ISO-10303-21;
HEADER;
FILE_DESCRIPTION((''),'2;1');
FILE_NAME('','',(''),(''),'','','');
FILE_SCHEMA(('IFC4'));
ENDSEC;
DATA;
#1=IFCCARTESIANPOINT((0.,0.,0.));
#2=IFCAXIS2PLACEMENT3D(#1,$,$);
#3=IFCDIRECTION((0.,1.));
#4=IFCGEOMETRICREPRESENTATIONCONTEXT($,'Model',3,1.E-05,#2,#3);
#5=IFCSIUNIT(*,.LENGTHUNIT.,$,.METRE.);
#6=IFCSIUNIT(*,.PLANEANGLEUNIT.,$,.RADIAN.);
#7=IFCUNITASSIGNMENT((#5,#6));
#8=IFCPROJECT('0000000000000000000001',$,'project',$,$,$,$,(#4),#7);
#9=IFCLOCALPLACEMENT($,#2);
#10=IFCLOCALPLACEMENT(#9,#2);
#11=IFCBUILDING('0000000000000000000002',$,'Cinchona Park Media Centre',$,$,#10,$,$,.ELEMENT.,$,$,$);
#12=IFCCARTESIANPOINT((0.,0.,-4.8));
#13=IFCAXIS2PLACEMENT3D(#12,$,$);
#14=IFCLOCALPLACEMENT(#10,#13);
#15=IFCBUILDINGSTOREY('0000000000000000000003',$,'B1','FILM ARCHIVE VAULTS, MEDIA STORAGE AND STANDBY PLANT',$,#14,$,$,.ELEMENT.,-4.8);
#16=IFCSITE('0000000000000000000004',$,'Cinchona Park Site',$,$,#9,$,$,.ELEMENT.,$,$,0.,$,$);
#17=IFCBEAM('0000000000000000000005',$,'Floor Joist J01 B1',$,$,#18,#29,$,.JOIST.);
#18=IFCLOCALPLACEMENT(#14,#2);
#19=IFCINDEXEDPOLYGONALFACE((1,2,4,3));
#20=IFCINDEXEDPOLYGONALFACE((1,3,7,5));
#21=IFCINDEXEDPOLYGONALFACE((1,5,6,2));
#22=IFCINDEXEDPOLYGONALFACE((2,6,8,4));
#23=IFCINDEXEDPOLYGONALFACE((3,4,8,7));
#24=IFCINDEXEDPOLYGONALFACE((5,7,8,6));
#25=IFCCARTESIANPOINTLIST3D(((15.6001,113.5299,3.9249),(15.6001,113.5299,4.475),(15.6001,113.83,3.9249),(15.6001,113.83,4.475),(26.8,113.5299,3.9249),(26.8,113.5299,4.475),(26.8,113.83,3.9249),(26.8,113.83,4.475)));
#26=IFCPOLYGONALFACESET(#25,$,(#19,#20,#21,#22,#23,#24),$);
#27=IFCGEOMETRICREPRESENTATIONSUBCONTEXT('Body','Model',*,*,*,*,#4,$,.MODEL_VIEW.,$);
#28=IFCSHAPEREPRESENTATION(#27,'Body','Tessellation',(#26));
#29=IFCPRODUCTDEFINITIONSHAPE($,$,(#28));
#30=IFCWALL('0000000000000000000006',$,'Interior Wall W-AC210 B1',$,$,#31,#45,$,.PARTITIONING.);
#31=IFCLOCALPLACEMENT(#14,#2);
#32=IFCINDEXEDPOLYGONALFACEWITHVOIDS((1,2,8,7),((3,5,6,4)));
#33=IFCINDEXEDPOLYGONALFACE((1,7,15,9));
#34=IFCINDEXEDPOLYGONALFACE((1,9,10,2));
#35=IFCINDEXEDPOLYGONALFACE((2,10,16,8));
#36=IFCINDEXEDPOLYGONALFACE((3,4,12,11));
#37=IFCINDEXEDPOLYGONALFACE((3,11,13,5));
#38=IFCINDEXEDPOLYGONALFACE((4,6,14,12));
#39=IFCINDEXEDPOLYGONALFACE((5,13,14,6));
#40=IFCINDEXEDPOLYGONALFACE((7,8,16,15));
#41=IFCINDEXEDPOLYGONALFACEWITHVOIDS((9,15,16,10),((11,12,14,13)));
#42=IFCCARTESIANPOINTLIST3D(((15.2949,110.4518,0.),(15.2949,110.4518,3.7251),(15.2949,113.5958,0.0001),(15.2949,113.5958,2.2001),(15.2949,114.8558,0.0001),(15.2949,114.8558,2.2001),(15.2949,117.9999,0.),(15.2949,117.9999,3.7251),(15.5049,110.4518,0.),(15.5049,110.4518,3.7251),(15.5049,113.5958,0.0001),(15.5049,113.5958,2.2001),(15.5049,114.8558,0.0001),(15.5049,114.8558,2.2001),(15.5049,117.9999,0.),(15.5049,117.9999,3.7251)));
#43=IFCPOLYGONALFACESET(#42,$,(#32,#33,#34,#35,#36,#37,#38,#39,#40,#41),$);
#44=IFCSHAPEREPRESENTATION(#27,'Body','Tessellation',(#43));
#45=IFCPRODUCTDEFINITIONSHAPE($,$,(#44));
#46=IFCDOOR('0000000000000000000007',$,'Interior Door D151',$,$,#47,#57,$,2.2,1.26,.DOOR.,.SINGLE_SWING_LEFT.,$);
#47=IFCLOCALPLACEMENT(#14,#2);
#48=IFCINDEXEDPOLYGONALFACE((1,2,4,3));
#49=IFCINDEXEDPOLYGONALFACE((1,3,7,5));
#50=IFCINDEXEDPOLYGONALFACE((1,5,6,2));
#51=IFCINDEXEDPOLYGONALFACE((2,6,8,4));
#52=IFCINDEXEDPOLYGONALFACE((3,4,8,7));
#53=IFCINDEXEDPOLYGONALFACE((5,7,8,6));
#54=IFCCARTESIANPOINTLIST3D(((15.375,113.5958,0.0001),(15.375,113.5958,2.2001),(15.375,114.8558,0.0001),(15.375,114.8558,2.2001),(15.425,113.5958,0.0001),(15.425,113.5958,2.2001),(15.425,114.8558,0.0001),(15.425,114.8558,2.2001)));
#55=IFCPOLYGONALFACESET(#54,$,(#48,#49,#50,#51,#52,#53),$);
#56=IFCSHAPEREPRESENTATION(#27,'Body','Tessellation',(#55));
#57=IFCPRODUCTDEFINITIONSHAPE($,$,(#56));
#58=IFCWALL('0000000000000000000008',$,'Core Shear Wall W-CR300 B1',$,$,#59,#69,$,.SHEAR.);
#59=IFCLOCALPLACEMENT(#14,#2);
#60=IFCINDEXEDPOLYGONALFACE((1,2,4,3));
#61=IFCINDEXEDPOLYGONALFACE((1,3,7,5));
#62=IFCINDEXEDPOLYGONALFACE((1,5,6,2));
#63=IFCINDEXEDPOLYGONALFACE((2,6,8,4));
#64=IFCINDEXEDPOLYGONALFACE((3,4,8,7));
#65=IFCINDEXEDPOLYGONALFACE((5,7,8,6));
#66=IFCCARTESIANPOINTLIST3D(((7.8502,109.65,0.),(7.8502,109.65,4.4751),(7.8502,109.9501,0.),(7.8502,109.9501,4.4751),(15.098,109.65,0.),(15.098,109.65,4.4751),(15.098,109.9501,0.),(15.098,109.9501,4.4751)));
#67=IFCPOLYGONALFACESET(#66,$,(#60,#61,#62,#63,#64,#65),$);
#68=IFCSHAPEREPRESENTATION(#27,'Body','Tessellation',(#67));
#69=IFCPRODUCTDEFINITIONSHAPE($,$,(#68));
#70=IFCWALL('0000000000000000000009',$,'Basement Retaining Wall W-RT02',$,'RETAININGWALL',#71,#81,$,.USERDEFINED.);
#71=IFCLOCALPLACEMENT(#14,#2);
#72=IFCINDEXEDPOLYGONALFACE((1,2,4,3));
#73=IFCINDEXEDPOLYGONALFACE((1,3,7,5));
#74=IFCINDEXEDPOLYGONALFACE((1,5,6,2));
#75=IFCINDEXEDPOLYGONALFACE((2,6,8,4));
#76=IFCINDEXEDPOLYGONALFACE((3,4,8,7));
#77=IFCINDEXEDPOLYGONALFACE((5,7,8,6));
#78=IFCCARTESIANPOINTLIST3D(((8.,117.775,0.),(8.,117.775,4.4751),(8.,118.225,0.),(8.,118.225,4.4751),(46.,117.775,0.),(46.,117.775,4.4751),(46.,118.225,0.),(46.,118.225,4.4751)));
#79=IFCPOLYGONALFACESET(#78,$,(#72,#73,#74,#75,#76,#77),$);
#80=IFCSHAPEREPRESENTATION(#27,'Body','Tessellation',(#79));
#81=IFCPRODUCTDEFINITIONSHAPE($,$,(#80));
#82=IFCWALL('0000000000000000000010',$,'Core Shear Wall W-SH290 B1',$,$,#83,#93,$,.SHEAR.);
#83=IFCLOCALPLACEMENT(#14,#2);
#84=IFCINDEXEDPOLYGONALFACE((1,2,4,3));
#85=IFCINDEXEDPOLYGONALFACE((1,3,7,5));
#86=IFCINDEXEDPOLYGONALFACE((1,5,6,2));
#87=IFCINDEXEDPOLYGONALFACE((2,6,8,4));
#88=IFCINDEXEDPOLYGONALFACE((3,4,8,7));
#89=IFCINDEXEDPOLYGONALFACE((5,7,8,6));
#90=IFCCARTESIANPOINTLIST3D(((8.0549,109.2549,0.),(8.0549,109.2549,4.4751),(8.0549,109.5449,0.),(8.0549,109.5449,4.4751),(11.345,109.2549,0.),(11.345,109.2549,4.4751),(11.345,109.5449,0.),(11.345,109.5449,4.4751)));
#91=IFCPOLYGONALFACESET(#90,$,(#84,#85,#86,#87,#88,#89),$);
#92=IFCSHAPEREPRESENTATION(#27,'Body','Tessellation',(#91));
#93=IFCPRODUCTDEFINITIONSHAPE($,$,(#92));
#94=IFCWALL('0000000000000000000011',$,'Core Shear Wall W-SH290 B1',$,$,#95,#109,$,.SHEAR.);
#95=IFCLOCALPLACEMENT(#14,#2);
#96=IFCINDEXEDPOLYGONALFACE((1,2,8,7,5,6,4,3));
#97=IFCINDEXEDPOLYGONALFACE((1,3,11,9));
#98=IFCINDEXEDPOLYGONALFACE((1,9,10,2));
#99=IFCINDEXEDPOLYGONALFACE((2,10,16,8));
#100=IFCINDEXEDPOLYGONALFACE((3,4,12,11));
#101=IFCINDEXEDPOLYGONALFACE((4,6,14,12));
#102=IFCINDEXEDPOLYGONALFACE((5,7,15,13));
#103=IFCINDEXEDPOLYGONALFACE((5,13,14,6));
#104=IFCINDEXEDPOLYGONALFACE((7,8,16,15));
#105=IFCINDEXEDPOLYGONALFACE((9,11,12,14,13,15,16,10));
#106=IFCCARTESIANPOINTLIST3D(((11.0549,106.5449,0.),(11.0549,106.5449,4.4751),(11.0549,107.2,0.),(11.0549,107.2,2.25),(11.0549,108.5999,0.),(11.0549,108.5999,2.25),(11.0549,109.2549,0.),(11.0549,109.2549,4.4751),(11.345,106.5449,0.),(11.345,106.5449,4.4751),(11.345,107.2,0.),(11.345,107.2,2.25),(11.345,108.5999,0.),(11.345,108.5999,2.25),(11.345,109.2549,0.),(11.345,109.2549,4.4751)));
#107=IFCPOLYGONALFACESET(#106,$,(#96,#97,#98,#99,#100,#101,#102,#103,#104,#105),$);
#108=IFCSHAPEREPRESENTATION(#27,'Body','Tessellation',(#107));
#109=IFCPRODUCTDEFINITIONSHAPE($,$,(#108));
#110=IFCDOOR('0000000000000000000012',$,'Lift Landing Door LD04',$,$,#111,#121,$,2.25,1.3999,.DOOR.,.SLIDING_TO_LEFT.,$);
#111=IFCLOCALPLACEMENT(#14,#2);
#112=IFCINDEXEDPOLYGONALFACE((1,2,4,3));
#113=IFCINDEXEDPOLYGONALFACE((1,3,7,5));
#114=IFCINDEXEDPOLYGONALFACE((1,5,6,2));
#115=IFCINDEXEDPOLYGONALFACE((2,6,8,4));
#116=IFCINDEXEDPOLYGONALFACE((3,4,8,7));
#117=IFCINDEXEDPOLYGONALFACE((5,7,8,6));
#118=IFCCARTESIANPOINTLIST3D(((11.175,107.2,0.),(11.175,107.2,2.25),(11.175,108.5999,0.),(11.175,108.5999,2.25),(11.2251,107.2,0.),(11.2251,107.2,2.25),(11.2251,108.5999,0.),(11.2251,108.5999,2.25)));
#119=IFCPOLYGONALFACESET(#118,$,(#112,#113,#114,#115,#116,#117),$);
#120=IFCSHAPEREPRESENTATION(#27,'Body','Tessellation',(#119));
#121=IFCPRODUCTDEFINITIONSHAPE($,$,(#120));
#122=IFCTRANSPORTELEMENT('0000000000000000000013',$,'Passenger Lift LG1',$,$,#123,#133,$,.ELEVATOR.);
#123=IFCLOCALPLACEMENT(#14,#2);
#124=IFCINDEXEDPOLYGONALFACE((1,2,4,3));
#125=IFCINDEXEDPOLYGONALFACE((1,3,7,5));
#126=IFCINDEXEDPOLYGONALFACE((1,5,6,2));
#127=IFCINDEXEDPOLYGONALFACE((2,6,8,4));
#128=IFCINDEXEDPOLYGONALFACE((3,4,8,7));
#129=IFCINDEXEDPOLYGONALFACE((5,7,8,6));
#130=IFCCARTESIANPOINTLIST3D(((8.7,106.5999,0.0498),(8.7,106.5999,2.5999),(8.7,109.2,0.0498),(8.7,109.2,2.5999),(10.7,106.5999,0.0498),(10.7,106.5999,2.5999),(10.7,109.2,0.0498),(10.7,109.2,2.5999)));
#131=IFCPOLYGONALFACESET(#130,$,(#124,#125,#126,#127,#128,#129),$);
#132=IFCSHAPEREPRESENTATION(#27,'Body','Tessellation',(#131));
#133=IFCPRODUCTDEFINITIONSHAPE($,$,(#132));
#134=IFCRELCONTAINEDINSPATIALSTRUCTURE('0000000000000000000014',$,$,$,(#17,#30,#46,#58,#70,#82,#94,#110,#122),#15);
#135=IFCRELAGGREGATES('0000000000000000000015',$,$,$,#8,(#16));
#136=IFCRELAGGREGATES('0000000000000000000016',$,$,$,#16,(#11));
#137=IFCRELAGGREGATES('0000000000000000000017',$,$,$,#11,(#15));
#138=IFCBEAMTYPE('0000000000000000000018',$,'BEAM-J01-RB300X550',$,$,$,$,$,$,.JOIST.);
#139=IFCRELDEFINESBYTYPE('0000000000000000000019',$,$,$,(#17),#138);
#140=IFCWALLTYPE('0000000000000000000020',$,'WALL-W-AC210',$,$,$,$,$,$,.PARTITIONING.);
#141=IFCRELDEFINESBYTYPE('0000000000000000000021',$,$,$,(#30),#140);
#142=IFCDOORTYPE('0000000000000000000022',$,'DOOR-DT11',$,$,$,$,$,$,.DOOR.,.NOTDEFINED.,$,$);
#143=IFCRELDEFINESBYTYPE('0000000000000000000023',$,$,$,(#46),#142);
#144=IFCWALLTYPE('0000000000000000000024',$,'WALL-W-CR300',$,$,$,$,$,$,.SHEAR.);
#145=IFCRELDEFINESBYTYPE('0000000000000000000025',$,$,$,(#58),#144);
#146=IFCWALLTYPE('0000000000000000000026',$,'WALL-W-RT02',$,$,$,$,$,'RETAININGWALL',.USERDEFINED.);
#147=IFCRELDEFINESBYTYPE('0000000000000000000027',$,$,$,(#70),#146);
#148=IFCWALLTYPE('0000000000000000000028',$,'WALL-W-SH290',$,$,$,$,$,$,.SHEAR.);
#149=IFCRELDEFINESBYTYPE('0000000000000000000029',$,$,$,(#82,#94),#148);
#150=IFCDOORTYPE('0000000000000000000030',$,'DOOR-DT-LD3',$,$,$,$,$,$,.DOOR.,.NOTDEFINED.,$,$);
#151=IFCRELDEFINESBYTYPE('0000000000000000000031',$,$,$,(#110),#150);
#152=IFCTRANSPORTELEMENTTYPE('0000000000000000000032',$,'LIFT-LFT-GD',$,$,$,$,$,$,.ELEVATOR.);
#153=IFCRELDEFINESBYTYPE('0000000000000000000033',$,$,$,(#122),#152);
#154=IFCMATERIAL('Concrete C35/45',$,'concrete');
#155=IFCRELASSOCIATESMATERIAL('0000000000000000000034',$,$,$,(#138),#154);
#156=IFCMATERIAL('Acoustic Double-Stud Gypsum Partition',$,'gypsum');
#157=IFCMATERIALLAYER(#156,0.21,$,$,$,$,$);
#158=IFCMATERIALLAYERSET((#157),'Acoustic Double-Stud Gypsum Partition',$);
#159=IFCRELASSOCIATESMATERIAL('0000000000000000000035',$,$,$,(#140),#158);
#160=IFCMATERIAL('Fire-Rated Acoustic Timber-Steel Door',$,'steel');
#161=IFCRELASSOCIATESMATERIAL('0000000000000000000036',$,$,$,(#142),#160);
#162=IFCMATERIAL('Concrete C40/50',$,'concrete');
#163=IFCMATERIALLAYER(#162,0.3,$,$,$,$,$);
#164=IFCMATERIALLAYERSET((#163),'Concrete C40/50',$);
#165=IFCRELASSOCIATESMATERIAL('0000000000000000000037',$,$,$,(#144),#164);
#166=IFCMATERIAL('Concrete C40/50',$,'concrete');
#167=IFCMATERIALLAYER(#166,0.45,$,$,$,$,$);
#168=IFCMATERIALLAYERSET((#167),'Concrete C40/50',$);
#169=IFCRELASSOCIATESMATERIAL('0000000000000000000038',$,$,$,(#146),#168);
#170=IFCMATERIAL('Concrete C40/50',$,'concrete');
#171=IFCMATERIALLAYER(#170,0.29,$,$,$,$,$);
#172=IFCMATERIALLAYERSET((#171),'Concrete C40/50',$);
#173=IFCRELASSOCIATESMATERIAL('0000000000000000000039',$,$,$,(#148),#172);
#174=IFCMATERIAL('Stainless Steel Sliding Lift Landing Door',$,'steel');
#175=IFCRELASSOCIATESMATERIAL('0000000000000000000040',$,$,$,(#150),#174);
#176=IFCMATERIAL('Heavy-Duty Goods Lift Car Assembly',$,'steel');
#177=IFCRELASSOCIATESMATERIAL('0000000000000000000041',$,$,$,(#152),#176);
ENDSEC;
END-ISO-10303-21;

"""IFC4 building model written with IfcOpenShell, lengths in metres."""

from ifc_helpers import new_model, si_unit, direction, frame, frame_2d, origin, origin_2d, place, context, subcontext, project, spatial, rectangle, extrude, material, layer, layer_set, material_profile, profile_set, type_object, element, fill, save


model = new_model("IFC4")

# Units and contexts
model_context = context("Model", 3, precision=1e-05, world=origin(), true_north=direction((0.0, 1.0)))
body_context = subcontext(model_context, "Body", "Model", "MODEL_VIEW")
ifc_project = project(units=[si_unit("LENGTHUNIT", "METRE"), si_unit("PLANEANGLEUNIT", "RADIAN")], contexts=[model_context])

# Site, building, storey
site_placement = place(None, origin())
site = spatial("IfcSite", under=ifc_project, at=site_placement, Name="Cinchona Park Site", CompositionType="ELEMENT", RefElevation=0.0)
building_placement = place(site_placement, origin())
building = spatial("IfcBuilding", under=site, at=building_placement, Name="Cinchona Park Media Centre", CompositionType="ELEMENT")
storey_placement = place(building_placement, frame((0.0, 0.0, -4.8)))
storey = spatial("IfcBuildingStorey", under=building, at=storey_placement, Name="B1", Description="FILM ARCHIVE VAULTS, MEDIA STORAGE AND STANDBY PLANT", CompositionType="ELEMENT", Elevation=-4.8)

# Beam
ifc_material_1 = material(Name="Concrete C35/45", Category="concrete")
ifc_material_profile_1 = material_profile(ifc_material_1, rectangle(XDim=0.3, YDim=0.55, at=origin_2d()), Name="RB 300X550")
ifc_profile_set_1 = profile_set([ifc_material_profile_1], Name="Concrete C35/45")
beam_type_1 = type_object("IfcBeamType", Name="BEAM-J01-RB300X550", PredefinedType="JOIST", material=ifc_profile_set_1)
beam_1_placement = place(storey_placement, frame((15.6001, 113.6799, 4.2), z_axis=(1.0, 0.0, 0.0), x_axis=(0.0, 1.0, 0.0)))
element("IfcBeam", 1, at=beam_1_placement, inside=storey, type_object=beam_type_1, Name="Floor Joist J01 B1", PredefinedType="JOIST", context=body_context, shape_type="SweptSolid", body=[
    extrude(rectangle(XDim=0.3, YDim=0.55, at=origin_2d()), origin(), (0.0, 0.0, 1.0), 11.2),
])

# Wall, opening, door
ifc_material_2 = material(Name="Acoustic Double-Stud Gypsum Partition", Category="gypsum")
ifc_layer_1 = layer(ifc_material_2, 0.21)
ifc_layer_set_1 = layer_set([ifc_layer_1], Name="Acoustic Double-Stud Gypsum Partition")
wall_type_1 = type_object("IfcWallType", Name="WALL-W-AC210", PredefinedType="PARTITIONING", material=ifc_layer_set_1)
wall_1_placement = place(storey_placement, frame((15.3999, 110.4519, 0.0), z_axis=(0.0, 0.0, 1.0), x_axis=(0.0, 1.0, 0.0)))
wall_1 = element("IfcWall", 2, at=wall_1_placement, inside=storey, type_object=wall_type_1, Name="Interior Wall W-AC210 B1", PredefinedType="PARTITIONING", context=body_context, shape_type="SweptSolid", body=[
    extrude(rectangle(XDim=7.5481, YDim=0.21, at=frame_2d((3.7739, 0.0))), origin(), (0.0, 0.0, 1.0), 3.7251),
])
opening_1_placement = place(wall_1_placement, frame((3.144, 0.0, 0.0)))
opening_1 = element("IfcOpeningElement", 3, at=opening_1_placement, cuts=wall_1, PredefinedType="OPENING", context=body_context, shape_type="SweptSolid", body=[
    extrude(rectangle(XDim=1.26, YDim=2.2, at=frame_2d((0.6299, 1.1001))), frame((0.0, 0.115, 0.0), z_axis=(0.0, -1.0, 0.0), x_axis=(1.0, 0.0, 0.0)), (0.0, 0.0, 1.0), 0.23),
])
ifc_material_3 = material(Name="Fire-Rated Acoustic Timber-Steel Door", Category="steel")
door_type_1 = type_object("IfcDoorType", Name="DOOR-DT11", OperationType="NOTDEFINED", PredefinedType="DOOR", material=ifc_material_3)
door_1_placement = place(opening_1_placement, origin())
door_1 = element("IfcDoor", 4, at=door_1_placement, inside=storey, type_object=door_type_1, Name="Interior Door D151", OperationType="SINGLE_SWING_LEFT", OverallHeight=2.2, OverallWidth=1.26, PredefinedType="DOOR", context=body_context, shape_type="SweptSolid", body=[
    extrude(rectangle(XDim=1.26, YDim=2.2, at=frame_2d((0.6299, 1.1001))), frame((0.0, 0.0249, 0.0), z_axis=(0.0, -1.0, 0.0), x_axis=(1.0, 0.0, 0.0)), (0.0, 0.0, 1.0), 0.05),
])
fill(opening_1, door_1)

# Walls
ifc_material_4 = material(Name="Concrete C40/50", Category="concrete")
ifc_layer_2 = layer(ifc_material_4, 0.3)
ifc_layer_set_2 = layer_set([ifc_layer_2], Name="Concrete C40/50")
wall_type_2 = type_object("IfcWallType", Name="WALL-W-CR300", PredefinedType="SHEAR", material=ifc_layer_set_2)
wall_2_placement = place(storey_placement, frame((7.8501, 109.8, 0.0), z_axis=(0.0, 0.0, 1.0), x_axis=(1.0, 0.0, 0.0)))
element("IfcWall", 5, at=wall_2_placement, inside=storey, type_object=wall_type_2, Name="Core Shear Wall W-CR300 B1", PredefinedType="SHEAR", context=body_context, shape_type="SweptSolid", body=[
    extrude(rectangle(XDim=7.2478, YDim=0.3, at=frame_2d((3.624, 0.0))), origin(), (0.0, 0.0, 1.0), 4.4751),
])
ifc_material_5 = material(Name="Concrete C40/50", Category="concrete")
ifc_layer_3 = layer(ifc_material_5, 0.45)
ifc_layer_set_3 = layer_set([ifc_layer_3], Name="Concrete C40/50")
wall_type_3 = type_object("IfcWallType", Name="WALL-W-RT02", ElementType="RETAININGWALL", PredefinedType="USERDEFINED", material=ifc_layer_set_3)
wall_3_placement = place(storey_placement, frame((8.0, 118.0, 0.0), z_axis=(0.0, 0.0, 1.0), x_axis=(1.0, 0.0, 0.0)))
element("IfcWall", 6, at=wall_3_placement, inside=storey, type_object=wall_type_3, Name="Basement Retaining Wall W-RT02", ObjectType="RETAININGWALL", PredefinedType="USERDEFINED", context=body_context, shape_type="SweptSolid", body=[
    extrude(rectangle(XDim=38.0, YDim=0.45, at=frame_2d((19.0, 0.0))), origin(), (0.0, 0.0, 1.0), 4.4751),
])
ifc_material_6 = material(Name="Concrete C40/50", Category="concrete")
ifc_layer_4 = layer(ifc_material_6, 0.29)
ifc_layer_set_4 = layer_set([ifc_layer_4], Name="Concrete C40/50")
wall_type_4 = type_object("IfcWallType", Name="WALL-W-SH290", PredefinedType="SHEAR", material=ifc_layer_set_4)
wall_4_placement = place(storey_placement, frame((8.0549, 109.3999, 0.0), z_axis=(0.0, 0.0, 1.0), x_axis=(1.0, 0.0, 0.0)))
element("IfcWall", 7, at=wall_4_placement, inside=storey, type_object=wall_type_4, Name="Core Shear Wall W-SH290 B1", PredefinedType="SHEAR", context=body_context, shape_type="SweptSolid", body=[
    extrude(rectangle(XDim=3.29, YDim=0.29, at=frame_2d((1.645, 0.0))), origin(), (0.0, 0.0, 1.0), 4.4751),
])

# Wall, opening, door
wall_5_placement = place(storey_placement, frame((11.2, 106.5449, 0.0), z_axis=(0.0, 0.0, 1.0), x_axis=(0.0, 1.0, 0.0)))
wall_5 = element("IfcWall", 8, at=wall_5_placement, inside=storey, type_object=wall_type_4, Name="Core Shear Wall W-SH290 B1", PredefinedType="SHEAR", context=body_context, shape_type="SweptSolid", body=[
    extrude(rectangle(XDim=2.71, YDim=0.29, at=frame_2d((1.355, 0.0))), origin(), (0.0, 0.0, 1.0), 4.4751),
])
opening_2_placement = place(wall_5_placement, frame((0.655, 0.0, 0.0)))
opening_2 = element("IfcOpeningElement", 9, at=opening_2_placement, cuts=wall_5, PredefinedType="OPENING", context=body_context, shape_type="SweptSolid", body=[
    extrude(rectangle(XDim=1.3999, YDim=2.25, at=frame_2d((0.7, 1.125))), frame((0.0, 0.155, 0.0), z_axis=(0.0, -1.0, 0.0), x_axis=(1.0, 0.0, 0.0)), (0.0, 0.0, 1.0), 0.3101),
])
ifc_material_7 = material(Name="Stainless Steel Sliding Lift Landing Door", Category="steel")
door_type_2 = type_object("IfcDoorType", Name="DOOR-DT-LD3", OperationType="NOTDEFINED", PredefinedType="DOOR", material=ifc_material_7)
door_2_placement = place(opening_2_placement, origin())
door_2 = element("IfcDoor", 10, at=door_2_placement, inside=storey, type_object=door_type_2, Name="Lift Landing Door LD04", OperationType="SLIDING_TO_LEFT", OverallHeight=2.25, OverallWidth=1.3999, PredefinedType="DOOR", context=body_context, shape_type="SweptSolid", body=[
    extrude(rectangle(XDim=1.3999, YDim=2.25, at=frame_2d((0.7, 1.125))), frame((0.0, 0.0249, 0.0), z_axis=(0.0, -1.0, 0.0), x_axis=(1.0, 0.0, 0.0)), (0.0, 0.0, 1.0), 0.05),
])
fill(opening_2, door_2)

# Transport element
ifc_material_8 = material(Name="Heavy-Duty Goods Lift Car Assembly", Category="steel")
transport_element_type = type_object("IfcTransportElementType", Name="LIFT-LFT-GD", PredefinedType="ELEVATOR", material=ifc_material_8)
transport_element_placement = place(storey_placement, frame((9.7, 107.8999, 0.0498), z_axis=(0.0, 0.0, 1.0), x_axis=(1.0, 0.0, 0.0)))
element("IfcTransportElement", 11, at=transport_element_placement, inside=storey, type_object=transport_element_type, Name="Passenger Lift LG1", PredefinedType="ELEVATOR", context=body_context, shape_type="SweptSolid", body=[
    extrude(rectangle(XDim=2.0, YDim=2.6001, at=origin_2d()), origin(), (0.0, 0.0, 1.0), 2.55),
])

save(model, "model.ifc")
